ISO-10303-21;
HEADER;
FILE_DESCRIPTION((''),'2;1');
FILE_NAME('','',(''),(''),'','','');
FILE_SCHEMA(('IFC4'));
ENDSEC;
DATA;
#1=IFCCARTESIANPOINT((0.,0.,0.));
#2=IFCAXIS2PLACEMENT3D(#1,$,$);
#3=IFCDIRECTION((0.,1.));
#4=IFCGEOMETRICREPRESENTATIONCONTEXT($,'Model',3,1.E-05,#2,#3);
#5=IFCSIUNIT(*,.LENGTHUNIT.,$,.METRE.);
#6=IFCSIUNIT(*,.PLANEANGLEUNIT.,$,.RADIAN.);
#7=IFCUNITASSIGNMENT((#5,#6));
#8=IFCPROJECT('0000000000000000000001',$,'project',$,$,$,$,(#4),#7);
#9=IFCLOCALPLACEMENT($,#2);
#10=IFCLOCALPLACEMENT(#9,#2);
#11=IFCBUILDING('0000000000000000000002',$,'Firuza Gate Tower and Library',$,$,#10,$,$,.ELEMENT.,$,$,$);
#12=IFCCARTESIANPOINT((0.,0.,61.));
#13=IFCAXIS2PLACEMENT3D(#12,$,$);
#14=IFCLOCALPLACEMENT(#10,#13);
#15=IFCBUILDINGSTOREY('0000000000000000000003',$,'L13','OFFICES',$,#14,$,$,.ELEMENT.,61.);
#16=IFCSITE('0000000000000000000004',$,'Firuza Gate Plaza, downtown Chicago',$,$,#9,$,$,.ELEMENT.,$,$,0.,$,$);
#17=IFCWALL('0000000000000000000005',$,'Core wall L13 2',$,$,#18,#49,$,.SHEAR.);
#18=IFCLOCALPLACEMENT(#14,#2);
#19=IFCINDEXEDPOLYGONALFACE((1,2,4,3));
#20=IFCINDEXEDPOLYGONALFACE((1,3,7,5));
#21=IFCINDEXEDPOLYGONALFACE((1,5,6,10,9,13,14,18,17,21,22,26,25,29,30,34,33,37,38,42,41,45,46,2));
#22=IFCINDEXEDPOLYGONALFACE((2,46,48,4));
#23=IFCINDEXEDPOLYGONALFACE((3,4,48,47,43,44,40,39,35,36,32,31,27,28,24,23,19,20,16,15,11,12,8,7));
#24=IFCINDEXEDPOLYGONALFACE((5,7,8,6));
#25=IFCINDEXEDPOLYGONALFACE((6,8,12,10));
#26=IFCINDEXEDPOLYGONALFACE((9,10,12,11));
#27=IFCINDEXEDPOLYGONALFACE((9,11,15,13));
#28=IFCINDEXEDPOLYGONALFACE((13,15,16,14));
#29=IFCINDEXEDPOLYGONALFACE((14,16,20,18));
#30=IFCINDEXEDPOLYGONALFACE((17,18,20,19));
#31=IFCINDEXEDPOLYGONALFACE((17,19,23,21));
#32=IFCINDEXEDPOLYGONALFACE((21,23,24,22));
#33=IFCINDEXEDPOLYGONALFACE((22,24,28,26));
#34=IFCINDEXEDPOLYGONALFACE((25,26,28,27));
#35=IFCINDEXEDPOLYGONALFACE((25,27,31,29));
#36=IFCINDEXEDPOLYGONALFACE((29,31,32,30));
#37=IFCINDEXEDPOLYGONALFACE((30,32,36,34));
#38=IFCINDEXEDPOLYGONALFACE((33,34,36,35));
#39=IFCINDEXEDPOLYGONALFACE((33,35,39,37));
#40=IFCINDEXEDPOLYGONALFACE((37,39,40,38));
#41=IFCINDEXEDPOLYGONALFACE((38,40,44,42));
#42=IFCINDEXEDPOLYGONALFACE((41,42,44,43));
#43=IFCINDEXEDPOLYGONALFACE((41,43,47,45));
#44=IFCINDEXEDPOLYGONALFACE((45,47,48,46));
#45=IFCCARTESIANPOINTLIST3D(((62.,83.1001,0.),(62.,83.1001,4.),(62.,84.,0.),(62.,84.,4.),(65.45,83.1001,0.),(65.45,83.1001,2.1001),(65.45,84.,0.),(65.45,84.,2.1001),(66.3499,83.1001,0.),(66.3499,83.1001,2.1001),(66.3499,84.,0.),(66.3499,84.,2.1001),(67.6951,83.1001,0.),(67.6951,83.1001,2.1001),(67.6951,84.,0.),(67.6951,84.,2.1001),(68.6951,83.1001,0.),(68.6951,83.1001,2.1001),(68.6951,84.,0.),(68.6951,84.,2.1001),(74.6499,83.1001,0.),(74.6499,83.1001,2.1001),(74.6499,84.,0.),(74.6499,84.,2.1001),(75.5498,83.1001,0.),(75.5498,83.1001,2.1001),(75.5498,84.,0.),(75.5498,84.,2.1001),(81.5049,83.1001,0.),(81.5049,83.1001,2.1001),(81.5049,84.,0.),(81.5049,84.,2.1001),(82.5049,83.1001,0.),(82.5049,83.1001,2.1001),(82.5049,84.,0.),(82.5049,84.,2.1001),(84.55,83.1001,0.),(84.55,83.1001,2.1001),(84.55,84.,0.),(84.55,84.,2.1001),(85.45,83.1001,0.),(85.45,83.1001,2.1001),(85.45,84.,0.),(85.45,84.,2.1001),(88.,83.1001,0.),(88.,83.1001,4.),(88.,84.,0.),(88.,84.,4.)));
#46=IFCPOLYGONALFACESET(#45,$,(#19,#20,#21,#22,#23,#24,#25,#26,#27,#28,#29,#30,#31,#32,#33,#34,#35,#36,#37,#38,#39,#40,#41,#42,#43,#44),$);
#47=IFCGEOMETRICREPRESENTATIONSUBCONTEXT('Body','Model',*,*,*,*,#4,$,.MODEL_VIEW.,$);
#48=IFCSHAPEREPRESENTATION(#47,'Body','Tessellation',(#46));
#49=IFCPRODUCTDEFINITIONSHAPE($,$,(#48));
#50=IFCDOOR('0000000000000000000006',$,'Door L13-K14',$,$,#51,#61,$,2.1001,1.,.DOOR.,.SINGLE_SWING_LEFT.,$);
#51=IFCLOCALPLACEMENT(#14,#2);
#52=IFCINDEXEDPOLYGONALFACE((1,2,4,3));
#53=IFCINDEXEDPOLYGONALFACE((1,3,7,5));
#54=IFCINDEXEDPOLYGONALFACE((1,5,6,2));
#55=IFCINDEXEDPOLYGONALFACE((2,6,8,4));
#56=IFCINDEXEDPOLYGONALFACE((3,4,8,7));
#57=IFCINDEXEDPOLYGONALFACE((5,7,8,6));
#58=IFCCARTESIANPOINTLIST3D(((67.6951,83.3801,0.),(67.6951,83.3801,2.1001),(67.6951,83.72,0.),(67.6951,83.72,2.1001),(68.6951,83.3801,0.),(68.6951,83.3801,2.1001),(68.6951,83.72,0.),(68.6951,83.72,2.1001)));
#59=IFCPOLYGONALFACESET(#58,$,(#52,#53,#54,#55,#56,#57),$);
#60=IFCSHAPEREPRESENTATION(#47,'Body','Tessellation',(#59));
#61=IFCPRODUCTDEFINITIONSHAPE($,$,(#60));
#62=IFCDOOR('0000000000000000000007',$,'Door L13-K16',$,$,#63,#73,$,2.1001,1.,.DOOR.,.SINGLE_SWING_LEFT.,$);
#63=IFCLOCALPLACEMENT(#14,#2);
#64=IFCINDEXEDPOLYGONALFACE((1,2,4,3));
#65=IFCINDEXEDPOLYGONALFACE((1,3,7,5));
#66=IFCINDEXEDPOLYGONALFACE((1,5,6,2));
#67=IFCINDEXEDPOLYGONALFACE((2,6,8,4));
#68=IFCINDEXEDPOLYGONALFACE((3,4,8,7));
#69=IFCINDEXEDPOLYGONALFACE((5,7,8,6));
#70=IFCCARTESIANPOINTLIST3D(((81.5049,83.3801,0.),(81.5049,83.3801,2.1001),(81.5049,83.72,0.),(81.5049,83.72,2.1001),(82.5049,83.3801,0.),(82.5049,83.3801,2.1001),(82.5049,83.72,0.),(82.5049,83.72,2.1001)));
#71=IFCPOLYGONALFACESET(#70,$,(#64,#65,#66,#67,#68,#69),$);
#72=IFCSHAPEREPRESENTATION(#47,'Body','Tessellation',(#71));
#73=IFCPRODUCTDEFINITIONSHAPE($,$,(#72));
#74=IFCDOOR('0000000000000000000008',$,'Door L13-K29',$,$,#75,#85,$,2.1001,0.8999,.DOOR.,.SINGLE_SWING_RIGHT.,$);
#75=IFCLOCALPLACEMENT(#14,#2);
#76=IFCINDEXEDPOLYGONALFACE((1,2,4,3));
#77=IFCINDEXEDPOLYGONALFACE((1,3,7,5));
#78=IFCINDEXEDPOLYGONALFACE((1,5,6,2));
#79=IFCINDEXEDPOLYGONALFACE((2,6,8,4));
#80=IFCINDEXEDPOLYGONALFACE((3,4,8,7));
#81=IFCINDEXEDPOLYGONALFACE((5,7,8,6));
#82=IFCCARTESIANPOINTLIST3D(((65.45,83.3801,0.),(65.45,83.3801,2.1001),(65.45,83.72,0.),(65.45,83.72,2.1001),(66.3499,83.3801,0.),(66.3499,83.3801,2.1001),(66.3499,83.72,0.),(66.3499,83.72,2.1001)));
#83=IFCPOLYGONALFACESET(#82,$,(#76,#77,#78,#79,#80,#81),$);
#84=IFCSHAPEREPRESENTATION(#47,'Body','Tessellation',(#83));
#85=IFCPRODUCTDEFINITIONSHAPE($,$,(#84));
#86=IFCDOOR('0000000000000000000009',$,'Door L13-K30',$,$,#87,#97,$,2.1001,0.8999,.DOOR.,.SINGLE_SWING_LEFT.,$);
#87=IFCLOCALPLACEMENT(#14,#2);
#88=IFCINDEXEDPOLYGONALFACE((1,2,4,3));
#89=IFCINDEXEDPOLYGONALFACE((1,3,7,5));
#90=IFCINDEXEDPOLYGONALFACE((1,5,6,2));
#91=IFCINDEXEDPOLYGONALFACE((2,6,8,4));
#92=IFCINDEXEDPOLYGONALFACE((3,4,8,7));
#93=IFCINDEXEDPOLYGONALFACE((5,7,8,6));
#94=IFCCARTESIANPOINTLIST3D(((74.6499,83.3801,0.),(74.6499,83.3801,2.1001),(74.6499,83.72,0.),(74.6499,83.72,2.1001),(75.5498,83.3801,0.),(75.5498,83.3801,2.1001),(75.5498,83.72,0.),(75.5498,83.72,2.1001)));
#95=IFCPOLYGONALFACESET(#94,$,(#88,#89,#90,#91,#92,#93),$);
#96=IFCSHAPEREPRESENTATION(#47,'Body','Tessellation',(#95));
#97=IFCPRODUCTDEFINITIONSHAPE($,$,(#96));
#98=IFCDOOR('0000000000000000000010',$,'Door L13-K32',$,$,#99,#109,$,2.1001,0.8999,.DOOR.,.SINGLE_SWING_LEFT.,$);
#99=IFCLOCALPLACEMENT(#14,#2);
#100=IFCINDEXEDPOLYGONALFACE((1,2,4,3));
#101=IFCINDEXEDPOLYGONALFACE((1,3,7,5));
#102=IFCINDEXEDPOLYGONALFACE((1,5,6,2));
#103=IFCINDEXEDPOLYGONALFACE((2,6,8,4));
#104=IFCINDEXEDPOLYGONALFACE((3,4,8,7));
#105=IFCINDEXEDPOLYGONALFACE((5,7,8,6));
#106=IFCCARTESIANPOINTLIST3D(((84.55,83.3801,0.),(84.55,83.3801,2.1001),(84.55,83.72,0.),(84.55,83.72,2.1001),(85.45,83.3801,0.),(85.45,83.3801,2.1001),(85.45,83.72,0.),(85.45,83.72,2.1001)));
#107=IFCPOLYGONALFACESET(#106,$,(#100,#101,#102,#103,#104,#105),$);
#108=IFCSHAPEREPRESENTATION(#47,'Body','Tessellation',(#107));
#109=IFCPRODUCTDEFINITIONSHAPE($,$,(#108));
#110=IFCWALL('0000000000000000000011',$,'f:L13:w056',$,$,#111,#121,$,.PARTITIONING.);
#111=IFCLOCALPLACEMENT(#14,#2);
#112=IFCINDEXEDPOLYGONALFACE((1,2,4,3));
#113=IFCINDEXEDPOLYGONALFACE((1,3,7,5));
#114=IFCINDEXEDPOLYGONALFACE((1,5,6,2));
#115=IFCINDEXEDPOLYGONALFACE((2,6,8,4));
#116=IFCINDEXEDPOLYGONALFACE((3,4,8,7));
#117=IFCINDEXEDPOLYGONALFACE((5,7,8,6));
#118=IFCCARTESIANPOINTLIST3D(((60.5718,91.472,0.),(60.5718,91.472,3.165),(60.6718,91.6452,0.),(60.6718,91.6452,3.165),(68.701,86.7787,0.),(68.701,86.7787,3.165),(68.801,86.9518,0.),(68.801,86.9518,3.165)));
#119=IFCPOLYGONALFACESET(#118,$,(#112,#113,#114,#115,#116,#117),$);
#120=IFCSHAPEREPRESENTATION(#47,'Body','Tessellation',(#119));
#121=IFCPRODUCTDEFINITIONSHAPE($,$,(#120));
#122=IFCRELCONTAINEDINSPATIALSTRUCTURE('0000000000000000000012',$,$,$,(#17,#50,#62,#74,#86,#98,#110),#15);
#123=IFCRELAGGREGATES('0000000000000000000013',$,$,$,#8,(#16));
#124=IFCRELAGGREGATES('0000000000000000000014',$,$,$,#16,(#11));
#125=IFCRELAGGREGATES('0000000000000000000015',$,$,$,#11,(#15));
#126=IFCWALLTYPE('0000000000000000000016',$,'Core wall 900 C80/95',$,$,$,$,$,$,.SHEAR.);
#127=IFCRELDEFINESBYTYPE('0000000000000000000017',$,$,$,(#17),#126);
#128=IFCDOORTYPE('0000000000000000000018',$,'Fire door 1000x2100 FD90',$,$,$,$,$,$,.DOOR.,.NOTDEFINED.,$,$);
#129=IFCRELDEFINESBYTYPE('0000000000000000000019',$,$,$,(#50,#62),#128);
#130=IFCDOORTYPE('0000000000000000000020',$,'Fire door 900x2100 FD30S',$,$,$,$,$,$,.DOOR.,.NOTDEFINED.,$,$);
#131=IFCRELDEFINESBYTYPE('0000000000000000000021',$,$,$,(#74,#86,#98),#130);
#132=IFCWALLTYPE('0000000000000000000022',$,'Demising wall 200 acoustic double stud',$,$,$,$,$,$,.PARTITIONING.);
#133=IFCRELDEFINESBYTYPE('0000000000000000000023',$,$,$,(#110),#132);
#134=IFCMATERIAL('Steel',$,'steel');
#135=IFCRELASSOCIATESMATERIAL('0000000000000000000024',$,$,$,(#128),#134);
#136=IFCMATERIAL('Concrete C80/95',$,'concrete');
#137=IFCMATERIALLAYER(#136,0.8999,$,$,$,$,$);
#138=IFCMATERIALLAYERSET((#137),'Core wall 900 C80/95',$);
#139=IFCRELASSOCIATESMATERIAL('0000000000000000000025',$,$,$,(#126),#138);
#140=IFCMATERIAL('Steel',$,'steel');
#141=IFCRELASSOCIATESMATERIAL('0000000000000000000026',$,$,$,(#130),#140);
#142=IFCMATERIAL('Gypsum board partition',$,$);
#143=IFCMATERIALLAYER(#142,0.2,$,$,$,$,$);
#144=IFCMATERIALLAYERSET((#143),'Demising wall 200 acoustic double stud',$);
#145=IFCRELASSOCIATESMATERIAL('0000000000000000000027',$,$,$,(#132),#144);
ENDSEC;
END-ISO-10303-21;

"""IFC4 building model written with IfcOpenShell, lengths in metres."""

from ifc_helpers import new_model, si_unit, direction, frame, frame_2d, origin, place, context, subcontext, project, spatial, rectangle, extrude, material, layer, layer_set, type_object, element, fill, save


model = new_model("IFC4")

# Units and contexts
model_context = context("Model", 3, precision=1e-05, world=origin(), true_north=direction((0.0, 1.0)))
body_context = subcontext(model_context, "Body", "Model", "MODEL_VIEW")
ifc_project = project(units=[si_unit("LENGTHUNIT", "METRE"), si_unit("PLANEANGLEUNIT", "RADIAN")], contexts=[model_context])

# Site, building, storey
site_placement = place(None, origin())
site = spatial("IfcSite", under=ifc_project, at=site_placement, Name="Firuza Gate Plaza, downtown Chicago", CompositionType="ELEMENT", RefElevation=0.0)
building_placement = place(site_placement, origin())
building = spatial("IfcBuilding", under=site, at=building_placement, Name="Firuza Gate Tower and Library", CompositionType="ELEMENT")
storey_placement = place(building_placement, frame((0.0, 0.0, 61.0)))
storey = spatial("IfcBuildingStorey", under=building, at=storey_placement, Name="L13", Description="OFFICES", CompositionType="ELEMENT", Elevation=61.0)

# Shared definitions
ifc_material_1 = material(Name="Steel", Category="steel")
door_type_1 = type_object("IfcDoorType", Name="Fire door 1000x2100 FD90", OperationType="NOTDEFINED", PredefinedType="DOOR", material=ifc_material_1)

# Wall, openings, doors
ifc_material_2 = material(Name="Concrete C80/95", Category="concrete")
ifc_layer_1 = layer(ifc_material_2, 0.8999)
ifc_layer_set_1 = layer_set([ifc_layer_1], Name="Core wall 900 C80/95")
wall_type_1 = type_object("IfcWallType", Name="Core wall 900 C80/95", PredefinedType="SHEAR", material=ifc_layer_set_1)
wall_1_placement = place(storey_placement, frame((62.0, 83.55, 0.0), z_axis=(0.0, 0.0, 1.0), x_axis=(1.0, 0.0, 0.0)))
wall_1 = element("IfcWall", 1, at=wall_1_placement, inside=storey, type_object=wall_type_1, Name="Core wall L13 2", PredefinedType="SHEAR", context=body_context, shape_type="SweptSolid", body=[
    extrude(rectangle(XDim=26.0, YDim=0.8999, at=frame_2d((13.0, 0.0))), origin(), (0.0, 0.0, 1.0), 4.0),
])
opening_1_placement = place(wall_1_placement, frame((5.6951, 0.0, 0.0)))
opening_1 = element("IfcOpeningElement", 2, at=opening_1_placement, cuts=wall_1, PredefinedType="OPENING", context=body_context, shape_type="SweptSolid", body=[
    extrude(rectangle(XDim=1.0, YDim=2.1001, at=frame_2d((0.5, 1.05))), frame((0.0, 0.46, 0.0), z_axis=(0.0, -1.0, 0.0), x_axis=(1.0, 0.0, 0.0)), (0.0, 0.0, 1.0), 0.9199),
])
opening_2_placement = place(wall_1_placement, frame((19.5049, 0.0, 0.0)))
opening_2 = element("IfcOpeningElement", 3, at=opening_2_placement, cuts=wall_1, PredefinedType="OPENING", context=body_context, shape_type="SweptSolid", body=[
    extrude(rectangle(XDim=1.0, YDim=2.1001, at=frame_2d((0.5, 1.05))), frame((0.0, 0.46, 0.0), z_axis=(0.0, -1.0, 0.0), x_axis=(1.0, 0.0, 0.0)), (0.0, 0.0, 1.0), 0.9199),
])
opening_3_placement = place(wall_1_placement, frame((3.45, 0.0, 0.0)))
opening_3 = element("IfcOpeningElement", 4, at=opening_3_placement, cuts=wall_1, PredefinedType="OPENING", context=body_context, shape_type="SweptSolid", body=[
    extrude(rectangle(XDim=0.8999, YDim=2.1001, at=frame_2d((0.45, 1.05))), frame((0.0, 0.46, 0.0), z_axis=(0.0, -1.0, 0.0), x_axis=(1.0, 0.0, 0.0)), (0.0, 0.0, 1.0), 0.9199),
])
opening_4_placement = place(wall_1_placement, frame((12.6499, 0.0, 0.0)))
opening_4 = element("IfcOpeningElement", 5, at=opening_4_placement, cuts=wall_1, PredefinedType="OPENING", context=body_context, shape_type="SweptSolid", body=[
    extrude(rectangle(XDim=0.8999, YDim=2.1001, at=frame_2d((0.45, 1.05))), frame((0.0, 0.46, 0.0), z_axis=(0.0, -1.0, 0.0), x_axis=(1.0, 0.0, 0.0)), (0.0, 0.0, 1.0), 0.9199),
])
opening_5_placement = place(wall_1_placement, frame((22.55, 0.0, 0.0)))
opening_5 = element("IfcOpeningElement", 6, at=opening_5_placement, cuts=wall_1, PredefinedType="OPENING", context=body_context, shape_type="SweptSolid", body=[
    extrude(rectangle(XDim=0.8999, YDim=2.1001, at=frame_2d((0.45, 1.05))), frame((0.0, 0.46, 0.0), z_axis=(0.0, -1.0, 0.0), x_axis=(1.0, 0.0, 0.0)), (0.0, 0.0, 1.0), 0.9199),
])
door_1_placement = place(opening_1_placement, origin())
door_1 = element("IfcDoor", 7, at=door_1_placement, inside=storey, type_object=door_type_1, Name="Door L13-K14", OperationType="SINGLE_SWING_LEFT", OverallHeight=2.1001, OverallWidth=1.0, PredefinedType="DOOR", context=body_context, shape_type="SweptSolid", body=[
    extrude(rectangle(XDim=1.0, YDim=2.1001, at=frame_2d((0.5, 1.05))), frame((0.0, 0.1699, 0.0), z_axis=(0.0, -1.0, 0.0), x_axis=(1.0, 0.0, 0.0)), (0.0, 0.0, 1.0), 0.3398),
])
fill(opening_1, door_1)
door_2_placement = place(opening_2_placement, origin())
door_2 = element("IfcDoor", 8, at=door_2_placement, inside=storey, type_object=door_type_1, Name="Door L13-K16", OperationType="SINGLE_SWING_LEFT", OverallHeight=2.1001, OverallWidth=1.0, PredefinedType="DOOR", context=body_context, shape_type="SweptSolid", body=[
    extrude(rectangle(XDim=1.0, YDim=2.1001, at=frame_2d((0.5, 1.05))), frame((0.0, 0.1699, 0.0), z_axis=(0.0, -1.0, 0.0), x_axis=(1.0, 0.0, 0.0)), (0.0, 0.0, 1.0), 0.3398),
])
fill(opening_2, door_2)
ifc_material_3 = material(Name="Steel", Category="steel")
door_type_2 = type_object("IfcDoorType", Name="Fire door 900x2100 FD30S", OperationType="NOTDEFINED", PredefinedType="DOOR", material=ifc_material_3)
door_3_placement = place(opening_3_placement, origin())
door_3 = element("IfcDoor", 9, at=door_3_placement, inside=storey, type_object=door_type_2, Name="Door L13-K29", OperationType="SINGLE_SWING_RIGHT", OverallHeight=2.1001, OverallWidth=0.8999, PredefinedType="DOOR", context=body_context, shape_type="SweptSolid", body=[
    extrude(rectangle(XDim=0.8999, YDim=2.1001, at=frame_2d((0.45, 1.05))), frame((0.0, 0.1699, 0.0), z_axis=(0.0, -1.0, 0.0), x_axis=(1.0, 0.0, 0.0)), (0.0, 0.0, 1.0), 0.3398),
])
fill(opening_3, door_3)
door_4_placement = place(opening_4_placement, origin())
door_4 = element("IfcDoor", 10, at=door_4_placement, inside=storey, type_object=door_type_2, Name="Door L13-K30", OperationType="SINGLE_SWING_LEFT", OverallHeight=2.1001, OverallWidth=0.8999, PredefinedType="DOOR", context=body_context, shape_type="SweptSolid", body=[
    extrude(rectangle(XDim=0.8999, YDim=2.1001, at=frame_2d((0.45, 1.05))), frame((0.0, 0.1699, 0.0), z_axis=(0.0, -1.0, 0.0), x_axis=(1.0, 0.0, 0.0)), (0.0, 0.0, 1.0), 0.3398),
])
fill(opening_4, door_4)
door_5_placement = place(opening_5_placement, origin())
door_5 = element("IfcDoor", 11, at=door_5_placement, inside=storey, type_object=door_type_2, Name="Door L13-K32", OperationType="SINGLE_SWING_LEFT", OverallHeight=2.1001, OverallWidth=0.8999, PredefinedType="DOOR", context=body_context, shape_type="SweptSolid", body=[
    extrude(rectangle(XDim=0.8999, YDim=2.1001, at=frame_2d((0.45, 1.05))), frame((0.0, 0.1699, 0.0), z_axis=(0.0, -1.0, 0.0), x_axis=(1.0, 0.0, 0.0)), (0.0, 0.0, 1.0), 0.3398),
])
fill(opening_5, door_5)

# Wall
ifc_material_4 = material(Name="Gypsum board partition")
ifc_layer_2 = layer(ifc_material_4, 0.2)
ifc_layer_set_2 = layer_set([ifc_layer_2], Name="Demising wall 200 acoustic double stud")
wall_type_2 = type_object("IfcWallType", Name="Demising wall 200 acoustic double stud", PredefinedType="PARTITIONING", material=ifc_layer_set_2)
wall_2_placement = place(storey_placement, frame((68.751, 86.8652, 0.0), z_axis=(0.0, 0.0, 1.0), x_axis=(-0.866026, 0.499999, 0.0)))
element("IfcWall", 12, at=wall_2_placement, inside=storey, type_object=wall_type_2, Name="f:L13:w056", PredefinedType="PARTITIONING", context=body_context, shape_type="SweptSolid", body=[
    extrude(rectangle(XDim=9.3867, YDim=0.2, at=frame_2d((4.6934, 0.0))), origin(), (0.0, 0.0, 1.0), 3.165),
])

save(model, "model.ifc")
